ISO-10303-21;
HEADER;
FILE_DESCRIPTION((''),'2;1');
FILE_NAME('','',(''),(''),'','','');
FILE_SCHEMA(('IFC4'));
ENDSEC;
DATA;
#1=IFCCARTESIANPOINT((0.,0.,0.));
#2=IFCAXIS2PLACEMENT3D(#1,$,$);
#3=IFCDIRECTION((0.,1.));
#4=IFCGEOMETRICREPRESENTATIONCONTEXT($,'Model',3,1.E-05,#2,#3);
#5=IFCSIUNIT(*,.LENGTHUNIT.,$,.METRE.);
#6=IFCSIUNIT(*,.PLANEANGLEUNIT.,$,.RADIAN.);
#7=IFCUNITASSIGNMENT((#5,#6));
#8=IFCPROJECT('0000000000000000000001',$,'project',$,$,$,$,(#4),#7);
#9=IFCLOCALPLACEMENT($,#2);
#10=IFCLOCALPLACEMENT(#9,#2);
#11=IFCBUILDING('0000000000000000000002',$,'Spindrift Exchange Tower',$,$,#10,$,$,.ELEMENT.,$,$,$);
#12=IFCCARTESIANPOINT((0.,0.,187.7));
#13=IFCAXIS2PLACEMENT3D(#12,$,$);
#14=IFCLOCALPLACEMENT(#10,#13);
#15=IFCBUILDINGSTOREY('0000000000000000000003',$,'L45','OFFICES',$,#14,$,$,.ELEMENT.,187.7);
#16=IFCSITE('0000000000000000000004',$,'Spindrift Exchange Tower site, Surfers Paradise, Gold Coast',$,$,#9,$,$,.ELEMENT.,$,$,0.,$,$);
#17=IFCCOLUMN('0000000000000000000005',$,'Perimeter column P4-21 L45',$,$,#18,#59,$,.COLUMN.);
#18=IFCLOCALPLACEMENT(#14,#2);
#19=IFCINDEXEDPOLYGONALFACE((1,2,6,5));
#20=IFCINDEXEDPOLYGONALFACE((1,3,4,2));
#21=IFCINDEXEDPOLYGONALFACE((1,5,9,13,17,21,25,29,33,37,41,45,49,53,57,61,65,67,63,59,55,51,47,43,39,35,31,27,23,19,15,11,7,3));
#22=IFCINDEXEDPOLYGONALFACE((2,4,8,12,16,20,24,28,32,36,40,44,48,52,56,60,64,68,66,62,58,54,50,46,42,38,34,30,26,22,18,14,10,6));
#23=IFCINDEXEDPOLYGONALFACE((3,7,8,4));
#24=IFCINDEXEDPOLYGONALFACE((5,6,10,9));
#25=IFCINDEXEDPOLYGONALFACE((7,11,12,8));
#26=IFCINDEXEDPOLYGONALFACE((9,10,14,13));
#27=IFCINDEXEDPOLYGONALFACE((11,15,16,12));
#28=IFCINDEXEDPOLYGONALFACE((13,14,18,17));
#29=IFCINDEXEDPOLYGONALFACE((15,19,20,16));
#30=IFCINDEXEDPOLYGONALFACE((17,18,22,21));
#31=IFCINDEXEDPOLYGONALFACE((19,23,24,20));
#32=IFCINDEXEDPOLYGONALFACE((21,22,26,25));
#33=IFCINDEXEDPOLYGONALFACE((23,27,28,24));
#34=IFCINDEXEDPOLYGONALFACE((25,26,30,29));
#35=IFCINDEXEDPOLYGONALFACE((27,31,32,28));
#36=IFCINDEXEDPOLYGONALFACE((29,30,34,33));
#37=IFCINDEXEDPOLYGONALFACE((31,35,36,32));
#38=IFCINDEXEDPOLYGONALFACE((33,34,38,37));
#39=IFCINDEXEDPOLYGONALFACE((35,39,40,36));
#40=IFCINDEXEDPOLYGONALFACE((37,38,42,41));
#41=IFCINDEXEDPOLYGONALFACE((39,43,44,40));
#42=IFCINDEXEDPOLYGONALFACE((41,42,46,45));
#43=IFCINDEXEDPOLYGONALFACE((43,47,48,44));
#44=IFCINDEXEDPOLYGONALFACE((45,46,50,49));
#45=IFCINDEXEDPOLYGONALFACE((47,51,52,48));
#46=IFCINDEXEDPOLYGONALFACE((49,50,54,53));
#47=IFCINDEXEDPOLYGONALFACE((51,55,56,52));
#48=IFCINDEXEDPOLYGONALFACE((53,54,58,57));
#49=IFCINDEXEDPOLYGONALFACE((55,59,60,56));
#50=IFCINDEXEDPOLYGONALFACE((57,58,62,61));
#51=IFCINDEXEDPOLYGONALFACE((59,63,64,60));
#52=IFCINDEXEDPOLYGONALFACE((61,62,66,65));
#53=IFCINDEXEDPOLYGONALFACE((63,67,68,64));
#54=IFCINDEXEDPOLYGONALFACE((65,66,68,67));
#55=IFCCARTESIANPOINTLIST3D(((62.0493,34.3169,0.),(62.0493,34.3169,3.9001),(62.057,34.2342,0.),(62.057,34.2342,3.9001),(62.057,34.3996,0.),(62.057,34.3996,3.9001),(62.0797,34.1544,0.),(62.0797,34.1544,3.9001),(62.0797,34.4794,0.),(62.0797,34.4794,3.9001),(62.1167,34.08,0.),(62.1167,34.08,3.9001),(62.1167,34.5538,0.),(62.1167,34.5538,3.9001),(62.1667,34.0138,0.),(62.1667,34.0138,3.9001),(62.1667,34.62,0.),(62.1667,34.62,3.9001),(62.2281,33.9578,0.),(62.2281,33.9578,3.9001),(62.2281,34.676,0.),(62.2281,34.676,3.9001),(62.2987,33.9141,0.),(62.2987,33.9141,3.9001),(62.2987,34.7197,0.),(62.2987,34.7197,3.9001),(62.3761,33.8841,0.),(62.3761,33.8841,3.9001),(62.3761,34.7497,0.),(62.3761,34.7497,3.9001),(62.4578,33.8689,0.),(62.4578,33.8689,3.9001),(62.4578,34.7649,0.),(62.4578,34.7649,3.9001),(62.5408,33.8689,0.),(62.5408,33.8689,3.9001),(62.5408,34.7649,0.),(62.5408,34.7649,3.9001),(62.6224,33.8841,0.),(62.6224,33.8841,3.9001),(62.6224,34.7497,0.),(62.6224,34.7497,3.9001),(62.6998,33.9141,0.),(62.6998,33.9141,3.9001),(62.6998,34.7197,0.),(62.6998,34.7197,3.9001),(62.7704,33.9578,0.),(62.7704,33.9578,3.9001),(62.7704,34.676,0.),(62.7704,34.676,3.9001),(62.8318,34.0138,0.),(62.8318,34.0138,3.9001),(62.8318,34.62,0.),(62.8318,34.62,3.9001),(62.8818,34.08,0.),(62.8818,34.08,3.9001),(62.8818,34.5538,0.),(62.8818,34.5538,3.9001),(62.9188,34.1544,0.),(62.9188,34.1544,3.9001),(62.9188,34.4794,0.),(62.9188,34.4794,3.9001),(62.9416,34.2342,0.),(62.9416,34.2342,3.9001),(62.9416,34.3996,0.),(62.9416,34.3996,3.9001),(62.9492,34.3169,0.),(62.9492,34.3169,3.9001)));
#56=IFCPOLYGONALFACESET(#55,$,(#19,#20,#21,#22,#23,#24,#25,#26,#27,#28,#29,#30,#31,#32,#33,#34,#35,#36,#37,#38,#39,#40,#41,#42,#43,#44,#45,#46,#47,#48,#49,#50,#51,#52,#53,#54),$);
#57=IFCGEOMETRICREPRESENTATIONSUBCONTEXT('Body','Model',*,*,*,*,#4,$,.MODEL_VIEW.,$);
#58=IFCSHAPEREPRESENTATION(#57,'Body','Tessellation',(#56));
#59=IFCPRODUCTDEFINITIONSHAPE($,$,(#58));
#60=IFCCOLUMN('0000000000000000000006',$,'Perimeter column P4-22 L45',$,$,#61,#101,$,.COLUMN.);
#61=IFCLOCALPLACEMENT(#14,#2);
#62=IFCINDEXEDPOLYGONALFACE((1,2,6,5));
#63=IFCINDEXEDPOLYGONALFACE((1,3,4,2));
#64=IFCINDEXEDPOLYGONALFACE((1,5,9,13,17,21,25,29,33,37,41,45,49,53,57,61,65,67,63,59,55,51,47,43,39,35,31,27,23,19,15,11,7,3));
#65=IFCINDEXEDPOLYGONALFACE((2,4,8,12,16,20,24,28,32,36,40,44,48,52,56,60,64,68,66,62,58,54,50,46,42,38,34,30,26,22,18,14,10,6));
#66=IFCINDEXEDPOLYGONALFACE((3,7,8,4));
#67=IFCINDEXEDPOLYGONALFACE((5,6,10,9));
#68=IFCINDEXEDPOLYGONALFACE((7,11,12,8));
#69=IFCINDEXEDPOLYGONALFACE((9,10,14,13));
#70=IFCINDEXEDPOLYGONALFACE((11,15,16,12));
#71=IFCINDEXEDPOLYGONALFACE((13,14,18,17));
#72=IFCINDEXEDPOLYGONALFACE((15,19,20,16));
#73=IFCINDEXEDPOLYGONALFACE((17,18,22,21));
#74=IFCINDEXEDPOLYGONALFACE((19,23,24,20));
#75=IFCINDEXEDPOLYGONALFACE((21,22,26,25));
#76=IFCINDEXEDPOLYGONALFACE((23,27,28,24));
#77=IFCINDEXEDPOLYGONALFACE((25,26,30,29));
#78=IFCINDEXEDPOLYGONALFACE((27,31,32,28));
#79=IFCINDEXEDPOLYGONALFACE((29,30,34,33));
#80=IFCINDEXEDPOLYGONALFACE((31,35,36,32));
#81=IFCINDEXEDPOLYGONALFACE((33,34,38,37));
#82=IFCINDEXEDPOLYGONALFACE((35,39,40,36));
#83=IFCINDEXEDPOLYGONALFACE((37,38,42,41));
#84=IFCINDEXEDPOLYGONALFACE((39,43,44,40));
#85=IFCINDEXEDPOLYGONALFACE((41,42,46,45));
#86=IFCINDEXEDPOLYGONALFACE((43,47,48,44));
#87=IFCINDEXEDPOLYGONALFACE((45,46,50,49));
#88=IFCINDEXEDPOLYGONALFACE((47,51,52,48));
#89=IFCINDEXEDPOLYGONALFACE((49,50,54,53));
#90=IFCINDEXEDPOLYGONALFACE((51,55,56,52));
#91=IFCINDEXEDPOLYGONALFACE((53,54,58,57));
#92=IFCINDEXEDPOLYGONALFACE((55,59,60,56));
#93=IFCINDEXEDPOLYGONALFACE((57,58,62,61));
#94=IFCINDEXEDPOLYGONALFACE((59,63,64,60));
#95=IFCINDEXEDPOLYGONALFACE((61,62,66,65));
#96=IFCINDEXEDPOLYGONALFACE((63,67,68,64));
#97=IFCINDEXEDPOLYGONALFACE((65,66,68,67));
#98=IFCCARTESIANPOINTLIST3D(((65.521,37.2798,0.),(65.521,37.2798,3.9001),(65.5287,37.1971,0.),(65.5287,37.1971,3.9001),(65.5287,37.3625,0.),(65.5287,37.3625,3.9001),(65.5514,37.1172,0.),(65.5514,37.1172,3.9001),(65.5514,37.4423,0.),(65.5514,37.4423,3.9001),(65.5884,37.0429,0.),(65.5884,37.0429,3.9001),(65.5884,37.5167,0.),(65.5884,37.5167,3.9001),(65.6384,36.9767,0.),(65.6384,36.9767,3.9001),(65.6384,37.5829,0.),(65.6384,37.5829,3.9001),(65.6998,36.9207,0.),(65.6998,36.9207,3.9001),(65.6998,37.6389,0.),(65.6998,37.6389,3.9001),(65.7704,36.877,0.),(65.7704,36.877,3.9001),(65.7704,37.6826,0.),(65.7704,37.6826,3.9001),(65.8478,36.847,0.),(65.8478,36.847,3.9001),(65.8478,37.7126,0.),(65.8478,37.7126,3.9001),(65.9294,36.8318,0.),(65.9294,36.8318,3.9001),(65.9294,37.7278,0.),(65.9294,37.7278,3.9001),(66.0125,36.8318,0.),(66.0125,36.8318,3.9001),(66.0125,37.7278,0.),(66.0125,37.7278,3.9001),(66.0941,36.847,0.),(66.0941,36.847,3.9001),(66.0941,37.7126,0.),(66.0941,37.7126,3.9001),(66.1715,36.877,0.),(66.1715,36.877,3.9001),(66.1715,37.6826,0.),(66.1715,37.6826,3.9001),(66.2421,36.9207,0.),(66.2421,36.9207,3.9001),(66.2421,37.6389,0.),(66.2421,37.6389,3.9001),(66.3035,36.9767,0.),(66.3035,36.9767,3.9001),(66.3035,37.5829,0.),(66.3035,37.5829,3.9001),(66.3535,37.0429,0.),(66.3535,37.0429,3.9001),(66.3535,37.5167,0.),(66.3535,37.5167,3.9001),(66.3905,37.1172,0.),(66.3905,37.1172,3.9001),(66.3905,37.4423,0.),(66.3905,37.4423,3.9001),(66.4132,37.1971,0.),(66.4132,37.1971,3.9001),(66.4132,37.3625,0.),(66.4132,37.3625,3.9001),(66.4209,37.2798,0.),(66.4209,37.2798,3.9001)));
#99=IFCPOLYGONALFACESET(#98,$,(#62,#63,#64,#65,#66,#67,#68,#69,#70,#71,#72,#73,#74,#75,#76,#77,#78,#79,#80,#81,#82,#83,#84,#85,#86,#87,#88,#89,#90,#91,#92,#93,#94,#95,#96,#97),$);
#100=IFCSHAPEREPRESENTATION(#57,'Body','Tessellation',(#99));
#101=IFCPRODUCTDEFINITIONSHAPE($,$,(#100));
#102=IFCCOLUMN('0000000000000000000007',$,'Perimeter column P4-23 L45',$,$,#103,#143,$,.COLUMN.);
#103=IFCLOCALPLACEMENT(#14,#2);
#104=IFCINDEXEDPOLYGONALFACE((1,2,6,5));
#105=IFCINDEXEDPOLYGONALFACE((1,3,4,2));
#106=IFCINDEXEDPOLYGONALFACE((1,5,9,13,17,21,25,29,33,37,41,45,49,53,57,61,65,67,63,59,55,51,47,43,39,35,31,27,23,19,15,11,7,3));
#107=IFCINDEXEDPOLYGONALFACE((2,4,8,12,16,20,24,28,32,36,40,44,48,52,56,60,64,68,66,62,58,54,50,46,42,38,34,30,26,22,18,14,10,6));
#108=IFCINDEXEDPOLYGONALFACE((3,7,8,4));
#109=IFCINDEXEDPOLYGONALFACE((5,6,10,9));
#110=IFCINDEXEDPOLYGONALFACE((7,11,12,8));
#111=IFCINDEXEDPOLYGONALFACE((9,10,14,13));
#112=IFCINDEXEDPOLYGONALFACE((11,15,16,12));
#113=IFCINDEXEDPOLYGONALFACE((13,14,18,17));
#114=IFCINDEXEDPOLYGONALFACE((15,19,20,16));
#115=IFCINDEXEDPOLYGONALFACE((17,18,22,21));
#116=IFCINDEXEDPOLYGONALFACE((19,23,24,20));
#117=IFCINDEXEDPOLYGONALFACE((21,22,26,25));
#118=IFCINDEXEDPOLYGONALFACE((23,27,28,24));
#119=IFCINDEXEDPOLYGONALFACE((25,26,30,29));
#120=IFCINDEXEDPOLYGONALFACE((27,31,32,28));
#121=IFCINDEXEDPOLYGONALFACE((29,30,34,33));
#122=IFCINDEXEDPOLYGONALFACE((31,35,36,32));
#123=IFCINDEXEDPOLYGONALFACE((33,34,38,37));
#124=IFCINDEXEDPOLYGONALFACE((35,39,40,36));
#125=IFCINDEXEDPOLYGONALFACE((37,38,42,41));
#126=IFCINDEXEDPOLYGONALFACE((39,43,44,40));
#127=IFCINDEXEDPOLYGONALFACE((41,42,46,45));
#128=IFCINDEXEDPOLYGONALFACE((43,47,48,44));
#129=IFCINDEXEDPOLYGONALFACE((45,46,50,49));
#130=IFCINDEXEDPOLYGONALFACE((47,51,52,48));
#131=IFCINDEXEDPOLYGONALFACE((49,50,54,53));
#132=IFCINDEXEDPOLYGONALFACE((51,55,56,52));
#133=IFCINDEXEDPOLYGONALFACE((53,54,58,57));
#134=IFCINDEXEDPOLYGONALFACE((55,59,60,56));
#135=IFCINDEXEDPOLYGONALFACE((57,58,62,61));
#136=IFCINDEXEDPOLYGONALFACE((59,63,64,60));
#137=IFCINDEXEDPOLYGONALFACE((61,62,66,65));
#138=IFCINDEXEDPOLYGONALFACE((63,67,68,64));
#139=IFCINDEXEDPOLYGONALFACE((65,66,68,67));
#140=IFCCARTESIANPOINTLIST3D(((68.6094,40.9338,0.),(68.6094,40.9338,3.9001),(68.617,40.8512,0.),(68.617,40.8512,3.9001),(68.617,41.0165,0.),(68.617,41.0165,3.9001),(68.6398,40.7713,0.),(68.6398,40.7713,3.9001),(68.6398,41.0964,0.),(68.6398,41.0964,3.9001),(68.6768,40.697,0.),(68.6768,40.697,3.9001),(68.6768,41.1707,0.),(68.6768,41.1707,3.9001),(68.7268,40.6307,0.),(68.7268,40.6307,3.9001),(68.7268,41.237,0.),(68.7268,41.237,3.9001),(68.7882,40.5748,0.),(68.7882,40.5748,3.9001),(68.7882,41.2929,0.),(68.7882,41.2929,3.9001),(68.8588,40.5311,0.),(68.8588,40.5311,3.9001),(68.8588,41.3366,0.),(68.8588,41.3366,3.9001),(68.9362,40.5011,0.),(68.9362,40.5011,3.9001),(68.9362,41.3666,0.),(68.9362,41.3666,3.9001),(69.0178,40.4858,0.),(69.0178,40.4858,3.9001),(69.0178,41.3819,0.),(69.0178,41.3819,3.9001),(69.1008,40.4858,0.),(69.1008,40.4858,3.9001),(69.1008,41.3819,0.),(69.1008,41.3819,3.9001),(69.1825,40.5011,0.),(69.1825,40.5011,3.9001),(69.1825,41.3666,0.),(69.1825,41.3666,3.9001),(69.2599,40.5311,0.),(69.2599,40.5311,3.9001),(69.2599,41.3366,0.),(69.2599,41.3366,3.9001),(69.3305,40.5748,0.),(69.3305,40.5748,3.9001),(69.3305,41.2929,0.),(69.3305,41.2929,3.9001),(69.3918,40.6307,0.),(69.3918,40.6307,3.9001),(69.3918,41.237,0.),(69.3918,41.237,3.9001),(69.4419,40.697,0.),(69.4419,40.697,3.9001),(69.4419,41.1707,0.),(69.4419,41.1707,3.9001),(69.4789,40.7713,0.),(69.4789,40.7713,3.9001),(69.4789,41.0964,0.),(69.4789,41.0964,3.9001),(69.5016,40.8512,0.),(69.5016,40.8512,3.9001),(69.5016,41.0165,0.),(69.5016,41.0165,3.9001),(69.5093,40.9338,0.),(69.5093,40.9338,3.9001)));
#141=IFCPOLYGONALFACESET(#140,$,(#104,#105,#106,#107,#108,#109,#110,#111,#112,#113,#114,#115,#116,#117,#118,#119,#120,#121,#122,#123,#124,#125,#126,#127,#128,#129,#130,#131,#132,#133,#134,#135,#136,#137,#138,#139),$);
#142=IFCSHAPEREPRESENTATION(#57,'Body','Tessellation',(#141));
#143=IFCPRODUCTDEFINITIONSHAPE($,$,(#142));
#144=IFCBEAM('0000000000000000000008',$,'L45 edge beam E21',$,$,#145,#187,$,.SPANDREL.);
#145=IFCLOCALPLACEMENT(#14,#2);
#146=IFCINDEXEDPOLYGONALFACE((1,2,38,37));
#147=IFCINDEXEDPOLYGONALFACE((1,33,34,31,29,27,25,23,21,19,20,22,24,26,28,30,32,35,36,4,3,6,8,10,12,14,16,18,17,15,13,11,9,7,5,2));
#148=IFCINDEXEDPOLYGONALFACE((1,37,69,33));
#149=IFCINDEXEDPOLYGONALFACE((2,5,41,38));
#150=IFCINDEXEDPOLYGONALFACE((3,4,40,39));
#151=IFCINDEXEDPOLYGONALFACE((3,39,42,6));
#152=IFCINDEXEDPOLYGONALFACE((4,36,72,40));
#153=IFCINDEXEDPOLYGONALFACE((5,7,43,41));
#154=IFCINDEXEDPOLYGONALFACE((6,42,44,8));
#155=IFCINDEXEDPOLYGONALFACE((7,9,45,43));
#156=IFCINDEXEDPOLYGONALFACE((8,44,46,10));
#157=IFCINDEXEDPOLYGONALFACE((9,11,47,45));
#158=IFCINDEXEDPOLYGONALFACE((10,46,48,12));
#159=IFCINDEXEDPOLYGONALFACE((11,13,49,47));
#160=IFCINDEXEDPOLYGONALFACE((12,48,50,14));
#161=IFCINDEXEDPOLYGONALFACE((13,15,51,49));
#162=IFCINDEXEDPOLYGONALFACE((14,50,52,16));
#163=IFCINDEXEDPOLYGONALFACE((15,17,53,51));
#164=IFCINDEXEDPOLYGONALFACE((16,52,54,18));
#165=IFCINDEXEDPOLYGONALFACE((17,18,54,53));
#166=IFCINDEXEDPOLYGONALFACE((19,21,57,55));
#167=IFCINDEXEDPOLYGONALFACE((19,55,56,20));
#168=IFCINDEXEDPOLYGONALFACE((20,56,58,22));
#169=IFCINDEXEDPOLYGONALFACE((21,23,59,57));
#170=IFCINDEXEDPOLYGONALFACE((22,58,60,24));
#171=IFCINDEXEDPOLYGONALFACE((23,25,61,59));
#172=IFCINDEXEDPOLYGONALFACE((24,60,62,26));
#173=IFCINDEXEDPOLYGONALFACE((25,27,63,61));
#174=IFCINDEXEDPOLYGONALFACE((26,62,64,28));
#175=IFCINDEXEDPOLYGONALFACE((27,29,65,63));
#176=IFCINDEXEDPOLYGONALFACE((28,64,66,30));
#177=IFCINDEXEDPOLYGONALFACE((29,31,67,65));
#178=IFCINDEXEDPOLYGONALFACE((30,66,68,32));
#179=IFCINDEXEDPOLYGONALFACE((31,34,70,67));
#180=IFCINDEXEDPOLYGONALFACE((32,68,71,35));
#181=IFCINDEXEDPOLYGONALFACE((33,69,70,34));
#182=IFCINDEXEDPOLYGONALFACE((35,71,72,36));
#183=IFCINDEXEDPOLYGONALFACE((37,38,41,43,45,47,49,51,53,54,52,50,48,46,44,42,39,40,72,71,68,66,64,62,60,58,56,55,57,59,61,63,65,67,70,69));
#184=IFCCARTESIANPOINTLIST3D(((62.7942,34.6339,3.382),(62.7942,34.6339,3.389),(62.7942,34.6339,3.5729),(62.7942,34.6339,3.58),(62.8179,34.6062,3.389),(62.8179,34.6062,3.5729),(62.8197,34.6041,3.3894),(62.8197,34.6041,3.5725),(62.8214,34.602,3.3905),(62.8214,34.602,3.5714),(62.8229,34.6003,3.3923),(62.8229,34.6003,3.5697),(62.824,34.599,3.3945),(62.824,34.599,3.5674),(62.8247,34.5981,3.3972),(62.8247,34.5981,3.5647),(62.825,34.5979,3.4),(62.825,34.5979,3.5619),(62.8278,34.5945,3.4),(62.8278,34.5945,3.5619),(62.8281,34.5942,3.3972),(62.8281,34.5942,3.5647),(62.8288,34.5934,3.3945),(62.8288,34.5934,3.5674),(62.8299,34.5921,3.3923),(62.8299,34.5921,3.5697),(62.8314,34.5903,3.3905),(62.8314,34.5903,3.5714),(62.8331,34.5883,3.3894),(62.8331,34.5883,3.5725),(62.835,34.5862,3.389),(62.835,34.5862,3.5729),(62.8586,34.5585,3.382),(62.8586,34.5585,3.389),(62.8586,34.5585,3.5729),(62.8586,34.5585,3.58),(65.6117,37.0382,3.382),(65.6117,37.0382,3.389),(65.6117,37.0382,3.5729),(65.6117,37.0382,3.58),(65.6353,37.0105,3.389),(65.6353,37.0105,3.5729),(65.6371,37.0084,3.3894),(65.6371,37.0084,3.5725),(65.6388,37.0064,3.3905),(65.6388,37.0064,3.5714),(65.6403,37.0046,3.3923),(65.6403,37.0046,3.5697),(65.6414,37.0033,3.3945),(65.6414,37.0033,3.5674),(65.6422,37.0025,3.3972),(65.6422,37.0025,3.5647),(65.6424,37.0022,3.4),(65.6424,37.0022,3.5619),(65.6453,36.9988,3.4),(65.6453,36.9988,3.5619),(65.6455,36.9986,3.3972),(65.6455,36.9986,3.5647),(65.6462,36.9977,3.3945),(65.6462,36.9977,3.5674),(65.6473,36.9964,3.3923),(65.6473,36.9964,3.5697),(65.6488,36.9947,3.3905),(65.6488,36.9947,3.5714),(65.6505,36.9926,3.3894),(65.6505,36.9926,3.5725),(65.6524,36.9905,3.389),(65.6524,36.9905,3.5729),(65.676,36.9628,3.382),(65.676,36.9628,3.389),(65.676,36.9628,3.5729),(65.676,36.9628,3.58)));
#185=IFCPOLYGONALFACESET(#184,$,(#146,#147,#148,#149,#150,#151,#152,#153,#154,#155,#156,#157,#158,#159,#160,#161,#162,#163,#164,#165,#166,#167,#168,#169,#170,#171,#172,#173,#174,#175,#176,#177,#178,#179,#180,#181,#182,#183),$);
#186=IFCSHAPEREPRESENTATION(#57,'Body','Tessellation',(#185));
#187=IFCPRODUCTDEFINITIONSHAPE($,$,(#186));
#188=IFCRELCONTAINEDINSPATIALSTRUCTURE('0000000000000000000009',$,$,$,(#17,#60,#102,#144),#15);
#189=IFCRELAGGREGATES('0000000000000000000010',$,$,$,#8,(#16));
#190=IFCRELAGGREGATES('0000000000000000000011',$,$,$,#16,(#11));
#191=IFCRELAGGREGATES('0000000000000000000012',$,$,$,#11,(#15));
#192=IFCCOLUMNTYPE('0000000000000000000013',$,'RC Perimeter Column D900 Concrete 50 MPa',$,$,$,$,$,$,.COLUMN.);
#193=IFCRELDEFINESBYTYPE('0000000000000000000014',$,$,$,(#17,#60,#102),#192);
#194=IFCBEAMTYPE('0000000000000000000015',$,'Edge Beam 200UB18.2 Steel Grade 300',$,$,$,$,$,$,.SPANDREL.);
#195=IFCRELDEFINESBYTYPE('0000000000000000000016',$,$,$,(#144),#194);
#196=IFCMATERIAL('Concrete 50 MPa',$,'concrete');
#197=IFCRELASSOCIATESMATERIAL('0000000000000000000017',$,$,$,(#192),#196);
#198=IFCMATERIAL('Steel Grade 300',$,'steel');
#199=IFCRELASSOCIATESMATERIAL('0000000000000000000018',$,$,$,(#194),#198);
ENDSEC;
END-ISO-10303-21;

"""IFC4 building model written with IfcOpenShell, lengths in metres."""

from ifc_helpers import new_model, si_unit, direction, frame, origin, origin_2d, place, context, subcontext, project, spatial, circle, i_section, extrude, source, transform, mapped, material, material_profile, profile_set, type_object, element, save


model = new_model("IFC4")

# Units and contexts
model_context = context("Model", 3, precision=1e-05, world=origin(), true_north=direction((0.0, 1.0)))
body_context = subcontext(model_context, "Body", "Model", "MODEL_VIEW")
ifc_project = project(units=[si_unit("LENGTHUNIT", "METRE"), si_unit("PLANEANGLEUNIT", "RADIAN")], contexts=[model_context])

# Site, building, storey
site_placement = place(None, origin())
site = spatial("IfcSite", under=ifc_project, at=site_placement, Name="Spindrift Exchange Tower site, Surfers Paradise, Gold Coast", CompositionType="ELEMENT", RefElevation=0.0)
building_placement = place(site_placement, origin())
building = spatial("IfcBuilding", under=site, at=building_placement, Name="Spindrift Exchange Tower", CompositionType="ELEMENT")
storey_placement = place(building_placement, frame((0.0, 0.0, 187.7)))
storey = spatial("IfcBuildingStorey", under=building, at=storey_placement, Name="L45", Description="OFFICES", CompositionType="ELEMENT", Elevation=187.7)

# Columns
ifc_material_1 = material(Name="Concrete 50 MPa", Category="concrete")
ifc_material_profile_1 = material_profile(ifc_material_1, circle(Radius=0.45, at=origin_2d()), Name="RC D900")
ifc_profile_set_1 = profile_set([ifc_material_profile_1], Name="Concrete 50 MPa")
column_type = type_object("IfcColumnType", Name="RC Perimeter Column D900 Concrete 50 MPa", PredefinedType="COLUMN", material=ifc_profile_set_1)
shared_shape_1 = source(origin(), body_context, "Body", "SweptSolid", [
    extrude(circle(Radius=0.45, at=origin_2d()), origin(), (0.0, 0.0, 1.0), 3.9001),
])
for number, where, z_axis, x_axis, name in (
    (1, (62.4993, 34.3169, 0.0), (0.0, 0.0, 1.0), (1.0, 0.0, 0.0), "Perimeter column P4-21 L45"),
    (2, (65.9709, 37.2798, 0.0), (0.0, 0.0, 1.0), (1.0, 0.0, 0.0), "Perimeter column P4-22 L45"),
    (3, (69.0593, 40.9338, 0.0), (0.0, 0.0, 1.0), (1.0, 0.0, 0.0), "Perimeter column P4-23 L45"),
):
    element("IfcColumn", number, at=place(storey_placement, frame(where, z_axis=z_axis, x_axis=x_axis)), inside=storey, type_object=column_type, Name=name, PredefinedType="COLUMN", context=body_context, shape_type="MappedRepresentation", body=[
        mapped(shared_shape_1, transform((0.0, 0.0, 0.0), scale=1.0)),
    ])

# Beam
ifc_material_2 = material(Name="Steel Grade 300", Category="steel")
ifc_material_profile_2 = material_profile(ifc_material_2, i_section(OverallWidth=0.0991, OverallDepth=0.198, WebThickness=0.0044, FlangeThickness=0.0071, FilletRadius=0.011, at=origin_2d()), Name="200UB18.2")
ifc_profile_set_2 = profile_set([ifc_material_profile_2], Name="Steel Grade 300")
beam_type_1 = type_object("IfcBeamType", Name="Edge Beam 200UB18.2 Steel Grade 300", PredefinedType="SPANDREL", material=ifc_profile_set_2)
shared_shape_2 = source(origin(), body_context, "Body", "SweptSolid", [
    extrude(i_section(OverallWidth=0.0991, OverallDepth=0.198, WebThickness=0.0044, FlangeThickness=0.0071, FilletRadius=0.011, at=origin_2d()), origin(), (0.0, 0.0, 1.0), 3.7039),
])
beam_1_placement = place(storey_placement, frame((62.8264, 34.5962, 3.481), z_axis=(0.760669, 0.64914, 0.0), x_axis=(-0.64914, 0.760669, 0.0)))
element("IfcBeam", 4, at=beam_1_placement, inside=storey, type_object=beam_type_1, Name="L45 edge beam E21", PredefinedType="SPANDREL", context=body_context, shape_type="MappedRepresentation", body=[
    mapped(shared_shape_2, transform((0.0, 0.0, 0.0), scale=1.0)),
])

save(model, "model.ifc")
